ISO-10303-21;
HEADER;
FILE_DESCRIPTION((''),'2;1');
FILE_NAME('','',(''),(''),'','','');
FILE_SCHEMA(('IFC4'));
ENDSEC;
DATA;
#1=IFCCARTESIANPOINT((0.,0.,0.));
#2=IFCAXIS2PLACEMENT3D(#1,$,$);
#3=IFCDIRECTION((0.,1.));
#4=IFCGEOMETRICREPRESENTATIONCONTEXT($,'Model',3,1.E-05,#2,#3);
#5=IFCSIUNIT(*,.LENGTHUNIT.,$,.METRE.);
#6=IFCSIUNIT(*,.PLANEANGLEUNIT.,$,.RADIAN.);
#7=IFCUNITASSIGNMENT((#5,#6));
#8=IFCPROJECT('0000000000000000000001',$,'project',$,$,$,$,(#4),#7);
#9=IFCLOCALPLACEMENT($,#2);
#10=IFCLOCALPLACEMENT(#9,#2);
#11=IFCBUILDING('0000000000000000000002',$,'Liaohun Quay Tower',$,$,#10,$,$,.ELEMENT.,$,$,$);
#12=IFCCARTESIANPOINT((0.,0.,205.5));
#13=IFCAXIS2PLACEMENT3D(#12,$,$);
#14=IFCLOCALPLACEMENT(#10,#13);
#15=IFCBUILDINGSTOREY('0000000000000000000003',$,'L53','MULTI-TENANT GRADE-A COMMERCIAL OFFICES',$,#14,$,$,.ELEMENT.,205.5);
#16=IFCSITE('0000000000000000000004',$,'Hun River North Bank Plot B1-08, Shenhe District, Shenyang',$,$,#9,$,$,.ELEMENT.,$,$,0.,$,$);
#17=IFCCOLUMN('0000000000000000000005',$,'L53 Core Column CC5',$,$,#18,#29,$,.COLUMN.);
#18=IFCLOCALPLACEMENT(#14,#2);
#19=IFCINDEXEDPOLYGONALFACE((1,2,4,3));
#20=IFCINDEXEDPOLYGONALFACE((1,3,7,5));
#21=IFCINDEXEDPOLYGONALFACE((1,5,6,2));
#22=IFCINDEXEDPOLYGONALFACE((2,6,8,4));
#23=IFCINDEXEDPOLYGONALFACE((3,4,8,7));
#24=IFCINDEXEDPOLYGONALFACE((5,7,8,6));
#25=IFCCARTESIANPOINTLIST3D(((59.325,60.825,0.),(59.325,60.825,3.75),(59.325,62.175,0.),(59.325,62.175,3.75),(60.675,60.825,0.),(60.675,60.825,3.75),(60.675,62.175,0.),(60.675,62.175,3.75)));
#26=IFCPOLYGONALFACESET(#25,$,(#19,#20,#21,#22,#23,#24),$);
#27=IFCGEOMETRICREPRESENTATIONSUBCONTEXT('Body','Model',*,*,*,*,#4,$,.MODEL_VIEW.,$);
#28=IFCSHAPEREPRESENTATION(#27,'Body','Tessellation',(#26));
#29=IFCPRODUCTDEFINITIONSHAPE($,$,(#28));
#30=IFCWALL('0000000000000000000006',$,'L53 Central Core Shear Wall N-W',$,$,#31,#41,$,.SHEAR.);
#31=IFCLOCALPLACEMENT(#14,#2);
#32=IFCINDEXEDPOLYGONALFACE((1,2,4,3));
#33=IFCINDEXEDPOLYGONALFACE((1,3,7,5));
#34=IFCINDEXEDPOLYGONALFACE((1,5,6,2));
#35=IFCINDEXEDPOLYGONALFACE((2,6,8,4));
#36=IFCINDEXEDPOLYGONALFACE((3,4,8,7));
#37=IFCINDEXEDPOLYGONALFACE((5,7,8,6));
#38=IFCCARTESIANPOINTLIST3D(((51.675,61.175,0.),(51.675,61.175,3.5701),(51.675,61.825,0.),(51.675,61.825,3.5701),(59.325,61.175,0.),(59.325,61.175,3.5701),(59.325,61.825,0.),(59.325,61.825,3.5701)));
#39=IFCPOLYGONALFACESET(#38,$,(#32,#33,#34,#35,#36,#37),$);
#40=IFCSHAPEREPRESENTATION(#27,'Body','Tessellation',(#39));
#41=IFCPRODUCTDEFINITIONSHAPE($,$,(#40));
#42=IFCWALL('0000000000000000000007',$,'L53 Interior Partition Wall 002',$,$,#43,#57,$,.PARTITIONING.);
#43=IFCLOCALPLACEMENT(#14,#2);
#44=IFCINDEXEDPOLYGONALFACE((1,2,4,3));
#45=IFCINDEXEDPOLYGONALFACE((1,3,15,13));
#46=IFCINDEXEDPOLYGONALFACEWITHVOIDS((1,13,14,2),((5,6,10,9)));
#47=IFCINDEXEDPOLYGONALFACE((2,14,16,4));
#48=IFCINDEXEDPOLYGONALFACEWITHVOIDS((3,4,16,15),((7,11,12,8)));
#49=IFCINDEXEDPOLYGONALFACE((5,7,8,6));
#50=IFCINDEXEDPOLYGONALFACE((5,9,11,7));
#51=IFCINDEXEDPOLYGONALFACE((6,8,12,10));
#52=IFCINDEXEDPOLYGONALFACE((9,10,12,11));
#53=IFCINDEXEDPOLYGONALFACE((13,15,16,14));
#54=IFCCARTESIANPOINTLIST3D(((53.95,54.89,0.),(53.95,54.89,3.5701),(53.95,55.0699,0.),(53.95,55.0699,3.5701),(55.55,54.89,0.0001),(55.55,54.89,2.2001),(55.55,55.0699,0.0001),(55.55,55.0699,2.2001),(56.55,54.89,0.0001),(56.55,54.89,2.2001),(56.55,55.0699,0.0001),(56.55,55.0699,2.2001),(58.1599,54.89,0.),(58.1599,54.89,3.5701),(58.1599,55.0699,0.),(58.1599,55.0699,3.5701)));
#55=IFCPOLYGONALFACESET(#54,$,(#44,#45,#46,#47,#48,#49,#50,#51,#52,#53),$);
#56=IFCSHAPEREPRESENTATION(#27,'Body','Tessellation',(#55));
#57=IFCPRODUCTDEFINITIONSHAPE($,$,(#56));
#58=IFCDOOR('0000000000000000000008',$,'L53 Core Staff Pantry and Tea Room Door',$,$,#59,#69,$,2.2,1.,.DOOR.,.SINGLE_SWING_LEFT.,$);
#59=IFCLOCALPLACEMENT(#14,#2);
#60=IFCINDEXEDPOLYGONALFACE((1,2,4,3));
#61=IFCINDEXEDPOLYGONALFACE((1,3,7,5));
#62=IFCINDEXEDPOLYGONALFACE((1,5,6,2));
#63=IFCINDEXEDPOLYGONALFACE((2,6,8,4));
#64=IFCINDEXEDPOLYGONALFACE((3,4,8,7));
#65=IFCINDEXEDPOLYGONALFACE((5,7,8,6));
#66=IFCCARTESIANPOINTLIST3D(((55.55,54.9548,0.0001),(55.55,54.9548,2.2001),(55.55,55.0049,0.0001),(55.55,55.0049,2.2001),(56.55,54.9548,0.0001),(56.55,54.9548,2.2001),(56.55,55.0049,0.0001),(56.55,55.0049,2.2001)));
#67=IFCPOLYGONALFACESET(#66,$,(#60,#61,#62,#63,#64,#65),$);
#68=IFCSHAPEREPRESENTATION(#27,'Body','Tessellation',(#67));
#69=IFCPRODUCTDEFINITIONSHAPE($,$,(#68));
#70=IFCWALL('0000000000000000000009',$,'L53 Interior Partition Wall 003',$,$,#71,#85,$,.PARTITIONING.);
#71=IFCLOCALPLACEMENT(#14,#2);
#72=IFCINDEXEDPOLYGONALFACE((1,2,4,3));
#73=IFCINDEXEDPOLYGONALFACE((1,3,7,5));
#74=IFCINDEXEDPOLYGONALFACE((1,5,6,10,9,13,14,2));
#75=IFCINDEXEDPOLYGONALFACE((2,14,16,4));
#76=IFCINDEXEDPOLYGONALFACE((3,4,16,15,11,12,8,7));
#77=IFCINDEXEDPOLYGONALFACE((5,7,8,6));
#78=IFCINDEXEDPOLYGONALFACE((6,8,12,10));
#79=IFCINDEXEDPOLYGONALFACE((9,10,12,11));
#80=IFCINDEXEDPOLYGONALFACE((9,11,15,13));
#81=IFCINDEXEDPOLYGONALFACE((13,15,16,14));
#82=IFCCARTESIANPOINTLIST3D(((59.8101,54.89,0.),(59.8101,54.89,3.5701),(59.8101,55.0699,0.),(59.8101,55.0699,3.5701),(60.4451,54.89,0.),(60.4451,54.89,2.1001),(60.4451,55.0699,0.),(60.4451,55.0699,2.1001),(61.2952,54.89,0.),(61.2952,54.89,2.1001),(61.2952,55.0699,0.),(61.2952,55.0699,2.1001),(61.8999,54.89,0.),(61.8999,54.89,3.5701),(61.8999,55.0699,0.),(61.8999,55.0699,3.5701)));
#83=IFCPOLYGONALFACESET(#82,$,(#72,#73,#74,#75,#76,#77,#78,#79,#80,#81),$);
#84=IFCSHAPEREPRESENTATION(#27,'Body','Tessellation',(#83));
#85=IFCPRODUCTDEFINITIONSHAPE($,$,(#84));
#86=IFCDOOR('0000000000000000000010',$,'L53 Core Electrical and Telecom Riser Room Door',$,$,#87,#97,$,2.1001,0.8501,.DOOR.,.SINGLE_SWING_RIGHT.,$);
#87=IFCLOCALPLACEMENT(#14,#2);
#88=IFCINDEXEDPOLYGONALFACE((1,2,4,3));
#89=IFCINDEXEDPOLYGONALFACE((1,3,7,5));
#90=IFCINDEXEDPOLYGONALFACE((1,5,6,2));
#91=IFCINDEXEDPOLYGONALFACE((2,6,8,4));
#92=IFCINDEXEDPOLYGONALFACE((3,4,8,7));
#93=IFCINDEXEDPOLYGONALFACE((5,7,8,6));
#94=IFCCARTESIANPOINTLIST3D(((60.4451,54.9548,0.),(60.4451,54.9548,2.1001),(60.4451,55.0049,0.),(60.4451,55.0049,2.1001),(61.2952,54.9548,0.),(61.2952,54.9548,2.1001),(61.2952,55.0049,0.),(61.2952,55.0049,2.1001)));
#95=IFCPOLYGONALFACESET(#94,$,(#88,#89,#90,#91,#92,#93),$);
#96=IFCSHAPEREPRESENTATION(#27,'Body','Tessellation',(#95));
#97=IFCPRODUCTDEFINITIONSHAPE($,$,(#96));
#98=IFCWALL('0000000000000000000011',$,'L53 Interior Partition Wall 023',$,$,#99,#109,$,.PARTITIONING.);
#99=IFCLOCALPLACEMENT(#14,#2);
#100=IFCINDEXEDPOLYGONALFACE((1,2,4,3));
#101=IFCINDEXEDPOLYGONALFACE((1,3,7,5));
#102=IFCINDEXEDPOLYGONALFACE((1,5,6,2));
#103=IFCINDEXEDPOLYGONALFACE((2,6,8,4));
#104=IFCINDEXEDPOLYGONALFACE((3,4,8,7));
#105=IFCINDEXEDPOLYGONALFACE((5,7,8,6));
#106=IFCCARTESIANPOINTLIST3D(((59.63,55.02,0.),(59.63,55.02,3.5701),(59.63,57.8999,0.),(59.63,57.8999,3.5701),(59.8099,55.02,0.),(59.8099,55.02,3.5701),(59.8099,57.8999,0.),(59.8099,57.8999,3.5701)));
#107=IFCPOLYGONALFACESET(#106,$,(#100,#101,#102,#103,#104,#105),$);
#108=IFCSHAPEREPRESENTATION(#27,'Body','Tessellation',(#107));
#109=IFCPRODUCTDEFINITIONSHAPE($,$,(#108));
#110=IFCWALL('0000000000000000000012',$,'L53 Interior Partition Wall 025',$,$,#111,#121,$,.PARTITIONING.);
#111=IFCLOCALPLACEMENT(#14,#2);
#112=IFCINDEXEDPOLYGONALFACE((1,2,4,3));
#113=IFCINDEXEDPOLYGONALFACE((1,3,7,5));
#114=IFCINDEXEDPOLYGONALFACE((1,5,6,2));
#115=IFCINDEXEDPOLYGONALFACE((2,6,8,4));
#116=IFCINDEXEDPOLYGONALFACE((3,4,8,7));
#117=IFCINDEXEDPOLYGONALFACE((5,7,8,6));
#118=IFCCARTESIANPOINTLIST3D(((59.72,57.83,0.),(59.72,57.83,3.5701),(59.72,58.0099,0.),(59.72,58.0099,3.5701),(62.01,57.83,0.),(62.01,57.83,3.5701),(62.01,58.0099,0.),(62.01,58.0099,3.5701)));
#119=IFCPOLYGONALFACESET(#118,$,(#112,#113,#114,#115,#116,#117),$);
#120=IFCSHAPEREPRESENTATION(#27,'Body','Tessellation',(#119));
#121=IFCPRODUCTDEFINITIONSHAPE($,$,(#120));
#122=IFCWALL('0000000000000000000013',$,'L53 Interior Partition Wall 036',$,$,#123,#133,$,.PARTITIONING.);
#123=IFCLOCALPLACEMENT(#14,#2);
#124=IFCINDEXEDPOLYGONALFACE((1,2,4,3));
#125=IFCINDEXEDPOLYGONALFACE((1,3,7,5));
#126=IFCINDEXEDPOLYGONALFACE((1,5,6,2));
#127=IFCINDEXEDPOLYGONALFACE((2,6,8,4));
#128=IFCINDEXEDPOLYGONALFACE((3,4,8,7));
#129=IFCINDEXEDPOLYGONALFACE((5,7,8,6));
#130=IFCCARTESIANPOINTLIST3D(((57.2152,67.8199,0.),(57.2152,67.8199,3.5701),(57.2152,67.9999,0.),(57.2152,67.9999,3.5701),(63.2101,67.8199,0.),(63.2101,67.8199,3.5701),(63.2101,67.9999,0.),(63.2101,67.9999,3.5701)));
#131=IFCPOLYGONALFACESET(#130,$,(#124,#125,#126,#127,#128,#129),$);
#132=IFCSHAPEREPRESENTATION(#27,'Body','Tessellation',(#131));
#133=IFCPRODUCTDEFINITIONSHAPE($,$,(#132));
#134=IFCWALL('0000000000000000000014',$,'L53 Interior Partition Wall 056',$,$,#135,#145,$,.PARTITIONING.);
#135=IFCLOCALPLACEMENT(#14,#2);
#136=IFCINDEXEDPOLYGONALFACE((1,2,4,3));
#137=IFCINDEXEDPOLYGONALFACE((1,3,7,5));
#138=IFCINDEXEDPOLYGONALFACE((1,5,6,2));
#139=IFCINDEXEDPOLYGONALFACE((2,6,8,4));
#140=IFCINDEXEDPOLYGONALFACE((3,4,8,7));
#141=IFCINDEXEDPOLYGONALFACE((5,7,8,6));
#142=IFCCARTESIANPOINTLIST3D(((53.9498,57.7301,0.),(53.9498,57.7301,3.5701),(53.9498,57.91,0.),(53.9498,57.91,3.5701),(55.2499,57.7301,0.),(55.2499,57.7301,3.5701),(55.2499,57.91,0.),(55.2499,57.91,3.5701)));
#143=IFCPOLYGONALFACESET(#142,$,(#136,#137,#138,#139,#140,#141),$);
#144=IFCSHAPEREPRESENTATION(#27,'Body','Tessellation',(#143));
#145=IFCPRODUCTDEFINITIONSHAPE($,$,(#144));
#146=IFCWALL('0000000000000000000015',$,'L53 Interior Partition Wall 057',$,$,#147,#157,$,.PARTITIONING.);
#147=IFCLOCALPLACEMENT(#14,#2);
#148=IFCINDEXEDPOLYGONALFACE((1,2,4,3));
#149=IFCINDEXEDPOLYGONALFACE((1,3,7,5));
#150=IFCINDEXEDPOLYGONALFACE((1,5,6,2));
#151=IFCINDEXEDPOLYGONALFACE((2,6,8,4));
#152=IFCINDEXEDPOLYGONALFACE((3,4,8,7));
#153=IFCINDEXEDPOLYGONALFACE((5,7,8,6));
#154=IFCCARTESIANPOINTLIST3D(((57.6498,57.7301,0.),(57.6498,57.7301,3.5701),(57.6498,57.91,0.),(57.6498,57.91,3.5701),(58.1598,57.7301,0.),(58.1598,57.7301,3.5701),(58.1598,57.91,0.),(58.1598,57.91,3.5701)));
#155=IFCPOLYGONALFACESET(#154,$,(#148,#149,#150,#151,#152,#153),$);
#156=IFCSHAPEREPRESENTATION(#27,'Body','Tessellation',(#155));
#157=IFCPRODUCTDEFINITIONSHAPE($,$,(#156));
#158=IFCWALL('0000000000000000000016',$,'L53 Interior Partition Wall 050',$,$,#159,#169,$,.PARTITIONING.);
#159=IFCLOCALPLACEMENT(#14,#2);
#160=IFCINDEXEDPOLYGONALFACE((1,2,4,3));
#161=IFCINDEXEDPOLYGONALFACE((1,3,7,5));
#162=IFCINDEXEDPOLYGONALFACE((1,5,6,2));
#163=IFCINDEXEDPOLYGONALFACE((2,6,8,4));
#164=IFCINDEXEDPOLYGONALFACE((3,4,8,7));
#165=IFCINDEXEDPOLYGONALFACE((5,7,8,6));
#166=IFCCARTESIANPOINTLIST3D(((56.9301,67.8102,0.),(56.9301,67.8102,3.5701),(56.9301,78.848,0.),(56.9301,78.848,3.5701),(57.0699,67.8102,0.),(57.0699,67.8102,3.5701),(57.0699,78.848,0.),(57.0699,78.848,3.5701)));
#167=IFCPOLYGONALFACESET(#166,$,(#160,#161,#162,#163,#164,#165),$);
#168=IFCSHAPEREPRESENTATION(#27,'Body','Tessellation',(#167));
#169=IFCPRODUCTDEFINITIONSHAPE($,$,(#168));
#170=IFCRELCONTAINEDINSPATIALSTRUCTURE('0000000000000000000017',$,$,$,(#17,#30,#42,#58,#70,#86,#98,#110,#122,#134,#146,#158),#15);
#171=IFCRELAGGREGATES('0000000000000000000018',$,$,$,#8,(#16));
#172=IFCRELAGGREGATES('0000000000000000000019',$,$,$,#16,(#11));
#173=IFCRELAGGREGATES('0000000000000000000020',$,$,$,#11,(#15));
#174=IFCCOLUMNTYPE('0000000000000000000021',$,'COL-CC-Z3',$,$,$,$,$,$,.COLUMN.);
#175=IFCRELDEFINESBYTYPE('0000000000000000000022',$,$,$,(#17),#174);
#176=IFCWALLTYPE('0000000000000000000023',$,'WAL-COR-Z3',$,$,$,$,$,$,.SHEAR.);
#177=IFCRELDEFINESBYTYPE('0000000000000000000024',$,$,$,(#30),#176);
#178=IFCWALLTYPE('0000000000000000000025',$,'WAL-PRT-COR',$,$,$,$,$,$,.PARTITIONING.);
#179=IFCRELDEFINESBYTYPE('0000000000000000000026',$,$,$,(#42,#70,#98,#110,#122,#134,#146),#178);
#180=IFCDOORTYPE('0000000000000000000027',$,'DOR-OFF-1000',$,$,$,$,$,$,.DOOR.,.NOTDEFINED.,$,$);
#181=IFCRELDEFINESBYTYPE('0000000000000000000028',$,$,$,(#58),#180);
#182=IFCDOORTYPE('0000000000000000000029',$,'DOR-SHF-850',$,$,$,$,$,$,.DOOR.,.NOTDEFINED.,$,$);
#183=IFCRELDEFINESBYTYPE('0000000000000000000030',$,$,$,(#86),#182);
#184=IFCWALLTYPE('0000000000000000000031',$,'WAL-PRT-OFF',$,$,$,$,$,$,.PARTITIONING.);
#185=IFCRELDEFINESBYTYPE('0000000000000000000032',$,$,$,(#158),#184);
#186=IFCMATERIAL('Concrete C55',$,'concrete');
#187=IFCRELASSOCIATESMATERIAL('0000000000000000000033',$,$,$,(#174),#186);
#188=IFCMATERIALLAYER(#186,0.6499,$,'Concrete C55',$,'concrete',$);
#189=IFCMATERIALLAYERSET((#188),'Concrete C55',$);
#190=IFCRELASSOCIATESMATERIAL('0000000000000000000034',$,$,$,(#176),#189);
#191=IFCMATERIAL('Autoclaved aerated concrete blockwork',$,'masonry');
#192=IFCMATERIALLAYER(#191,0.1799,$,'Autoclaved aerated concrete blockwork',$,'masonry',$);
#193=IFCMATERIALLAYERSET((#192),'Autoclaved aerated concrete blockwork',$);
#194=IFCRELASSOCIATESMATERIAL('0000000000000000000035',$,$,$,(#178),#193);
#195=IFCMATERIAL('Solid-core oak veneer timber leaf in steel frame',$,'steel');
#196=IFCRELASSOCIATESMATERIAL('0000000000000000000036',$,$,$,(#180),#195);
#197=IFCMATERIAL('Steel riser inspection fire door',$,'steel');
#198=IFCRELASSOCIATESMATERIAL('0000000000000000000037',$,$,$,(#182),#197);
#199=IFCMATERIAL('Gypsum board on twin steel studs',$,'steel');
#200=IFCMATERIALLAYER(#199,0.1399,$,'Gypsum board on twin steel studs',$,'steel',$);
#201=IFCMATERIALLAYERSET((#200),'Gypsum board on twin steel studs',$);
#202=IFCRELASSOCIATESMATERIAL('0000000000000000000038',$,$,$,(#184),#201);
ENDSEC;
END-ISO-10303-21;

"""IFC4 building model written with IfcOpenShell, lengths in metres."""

from ifc_helpers import new_model, si_unit, direction, frame, frame_2d, origin, origin_2d, place, context, subcontext, project, spatial, rectangle, extrude, source, transform, mapped, material, layer, layer_set, material_profile, profile_set, type_object, element, fill, save


model = new_model("IFC4")

# Units and contexts
model_context = context("Model", 3, precision=1e-05, world=origin(), true_north=direction((0.0, 1.0)))
body_context = subcontext(model_context, "Body", "Model", "MODEL_VIEW")
ifc_project = project(units=[si_unit("LENGTHUNIT", "METRE"), si_unit("PLANEANGLEUNIT", "RADIAN")], contexts=[model_context])

# Site, building, storey
site_placement = place(None, origin())
site = spatial("IfcSite", under=ifc_project, at=site_placement, Name="Hun River North Bank Plot B1-08, Shenhe District, Shenyang", CompositionType="ELEMENT", RefElevation=0.0)
building_placement = place(site_placement, origin())
building = spatial("IfcBuilding", under=site, at=building_placement, Name="Liaohun Quay Tower", CompositionType="ELEMENT")
storey_placement = place(building_placement, frame((0.0, 0.0, 205.5)))
storey = spatial("IfcBuildingStorey", under=building, at=storey_placement, Name="L53", Description="MULTI-TENANT GRADE-A COMMERCIAL OFFICES", CompositionType="ELEMENT", Elevation=205.5)

# Column
ifc_material_1 = material(Name="Concrete C55", Category="concrete")
ifc_material_profile = material_profile(ifc_material_1, rectangle(XDim=1.3501, YDim=1.3501, at=origin_2d()), Name="RC1350x1350")
ifc_profile_set = profile_set([ifc_material_profile], Name="Concrete C55")
column_type = type_object("IfcColumnType", Name="COL-CC-Z3", PredefinedType="COLUMN", material=ifc_profile_set)
shared_shape_1 = source(origin(), body_context, "Body", "SweptSolid", [
    extrude(rectangle(XDim=1.3501, YDim=1.3501, at=origin_2d()), origin(), (0.0, 0.0, 1.0), 3.75),
])
column_placement = place(storey_placement, frame((60.0, 61.5, 0.0), z_axis=(0.0, 0.0, 1.0), x_axis=(1.0, 0.0, 0.0)))
element("IfcColumn", 1, at=column_placement, inside=storey, type_object=column_type, Name="L53 Core Column CC5", PredefinedType="COLUMN", context=body_context, shape_type="MappedRepresentation", body=[
    mapped(shared_shape_1, transform((0.0, 0.0, 0.0), x_axis=(1.0, 0.0, 0.0), y_axis=(0.0, 1.0, 0.0), z_axis=(0.0, 0.0, 1.0), scale=1.0)),
])

# Wall
ifc_layer_1 = layer(ifc_material_1, 0.6499, Name="Concrete C55", Category="concrete")
ifc_layer_set_1 = layer_set([ifc_layer_1], Name="Concrete C55")
wall_type_1 = type_object("IfcWallType", Name="WAL-COR-Z3", PredefinedType="SHEAR", material=ifc_layer_set_1)
wall_1_placement = place(storey_placement, frame((51.675, 61.5, 0.0), z_axis=(0.0, 0.0, 1.0), x_axis=(1.0, 0.0, 0.0)))
element("IfcWall", 2, at=wall_1_placement, inside=storey, type_object=wall_type_1, Name="L53 Central Core Shear Wall N-W", PredefinedType="SHEAR", context=body_context, shape_type="SweptSolid", body=[
    extrude(rectangle(XDim=7.6499, YDim=0.6499, at=frame_2d((3.825, 0.0))), origin(), (0.0, 0.0, 1.0), 3.5701),
])

# Walls, openings, doors
ifc_material_2 = material(Name="Autoclaved aerated concrete blockwork", Category="masonry")
ifc_layer_2 = layer(ifc_material_2, 0.1799, Name="Autoclaved aerated concrete blockwork", Category="masonry")
ifc_layer_set_2 = layer_set([ifc_layer_2], Name="Autoclaved aerated concrete blockwork")
wall_type_2 = type_object("IfcWallType", Name="WAL-PRT-COR", PredefinedType="PARTITIONING", material=ifc_layer_set_2)
wall_2_placement = place(storey_placement, frame((53.95, 54.98, 0.0), z_axis=(0.0, 0.0, 1.0), x_axis=(1.0, 0.0, 0.0)))
wall_2 = element("IfcWall", 3, at=wall_2_placement, inside=storey, type_object=wall_type_2, Name="L53 Interior Partition Wall 002", PredefinedType="PARTITIONING", context=body_context, shape_type="SweptSolid", body=[
    extrude(rectangle(XDim=4.21, YDim=0.1799, at=frame_2d((2.105, 0.0))), origin(), (0.0, 0.0, 1.0), 3.5701),
])
shared_shape_2 = source(origin(), body_context, "Body", "SweptSolid", [
    extrude(rectangle(XDim=1.0, YDim=2.2, at=frame_2d((0.5, 1.1001))), frame((0.0, 0.0999, 0.0), z_axis=(0.0, -1.0, 0.0), x_axis=(1.0, 0.0, 0.0)), (0.0, 0.0, 1.0), 0.2),
])
opening_1_placement = place(wall_2_placement, frame((1.6001, 0.0, 0.0)))
opening_1 = element("IfcOpeningElement", 4, at=opening_1_placement, cuts=wall_2, PredefinedType="OPENING", context=body_context, shape_type="MappedRepresentation", body=[
    mapped(shared_shape_2, transform((0.0, 0.0, 0.0), x_axis=(1.0, 0.0, 0.0), y_axis=(0.0, 1.0, 0.0), z_axis=(0.0, 0.0, 1.0), scale=1.0)),
])
ifc_material_3 = material(Name="Solid-core oak veneer timber leaf in steel frame", Category="steel")
door_type_1 = type_object("IfcDoorType", Name="DOR-OFF-1000", OperationType="NOTDEFINED", PredefinedType="DOOR", material=ifc_material_3)
shared_shape_3 = source(origin(), body_context, "Body", "SweptSolid", [
    extrude(rectangle(XDim=1.0, YDim=2.2, at=frame_2d((0.5, 1.1001))), frame((0.0, 0.0249, 0.0), z_axis=(0.0, -1.0, 0.0), x_axis=(1.0, 0.0, 0.0)), (0.0, 0.0, 1.0), 0.05),
])
door_1_placement = place(opening_1_placement, origin())
door_1 = element("IfcDoor", 5, at=door_1_placement, inside=storey, type_object=door_type_1, Name="L53 Core Staff Pantry and Tea Room Door", OperationType="SINGLE_SWING_LEFT", OverallHeight=2.2, OverallWidth=1.0, PredefinedType="DOOR", context=body_context, shape_type="MappedRepresentation", body=[
    mapped(shared_shape_3, transform((0.0, 0.0, 0.0), x_axis=(1.0, 0.0, 0.0), y_axis=(0.0, 1.0, 0.0), z_axis=(0.0, 0.0, 1.0), scale=1.0)),
])
fill(opening_1, door_1)
wall_3_placement = place(storey_placement, frame((59.8101, 54.98, 0.0), z_axis=(0.0, 0.0, 1.0), x_axis=(1.0, 0.0, 0.0)))
wall_3 = element("IfcWall", 6, at=wall_3_placement, inside=storey, type_object=wall_type_2, Name="L53 Interior Partition Wall 003", PredefinedType="PARTITIONING", context=body_context, shape_type="SweptSolid", body=[
    extrude(rectangle(XDim=2.0898, YDim=0.1799, at=frame_2d((1.0449, 0.0))), origin(), (0.0, 0.0, 1.0), 3.5701),
])
shared_shape_4 = source(origin(), body_context, "Body", "SweptSolid", [
    extrude(rectangle(XDim=0.8501, YDim=2.1001, at=frame_2d((0.425, 1.05))), frame((0.0, 0.0999, 0.0), z_axis=(0.0, -1.0, 0.0), x_axis=(1.0, 0.0, 0.0)), (0.0, 0.0, 1.0), 0.2),
])
opening_2_placement = place(wall_3_placement, frame((0.635, 0.0, 0.0)))
opening_2 = element("IfcOpeningElement", 7, at=opening_2_placement, cuts=wall_3, PredefinedType="OPENING", context=body_context, shape_type="MappedRepresentation", body=[
    mapped(shared_shape_4, transform((0.0, 0.0, 0.0), x_axis=(1.0, 0.0, 0.0), y_axis=(0.0, 1.0, 0.0), z_axis=(0.0, 0.0, 1.0), scale=1.0)),
])
ifc_material_4 = material(Name="Steel riser inspection fire door", Category="steel")
door_type_2 = type_object("IfcDoorType", Name="DOR-SHF-850", OperationType="NOTDEFINED", PredefinedType="DOOR", material=ifc_material_4)
shared_shape_5 = source(origin(), body_context, "Body", "SweptSolid", [
    extrude(rectangle(XDim=0.8501, YDim=2.1001, at=frame_2d((0.425, 1.05))), frame((0.0, 0.0249, 0.0), z_axis=(0.0, -1.0, 0.0), x_axis=(1.0, 0.0, 0.0)), (0.0, 0.0, 1.0), 0.05),
])
door_2_placement = place(opening_2_placement, origin())
door_2 = element("IfcDoor", 8, at=door_2_placement, inside=storey, type_object=door_type_2, Name="L53 Core Electrical and Telecom Riser Room Door", OperationType="SINGLE_SWING_RIGHT", OverallHeight=2.1001, OverallWidth=0.8501, PredefinedType="DOOR", context=body_context, shape_type="MappedRepresentation", body=[
    mapped(shared_shape_5, transform((0.0, 0.0, 0.0), x_axis=(1.0, 0.0, 0.0), y_axis=(0.0, 1.0, 0.0), z_axis=(0.0, 0.0, 1.0), scale=1.0)),
])
fill(opening_2, door_2)

# Walls
wall_4_placement = place(storey_placement, frame((59.72, 55.02, 0.0), z_axis=(0.0, 0.0, 1.0), x_axis=(0.0, 1.0, 0.0)))
element("IfcWall", 9, at=wall_4_placement, inside=storey, type_object=wall_type_2, Name="L53 Interior Partition Wall 023", PredefinedType="PARTITIONING", context=body_context, shape_type="SweptSolid", body=[
    extrude(rectangle(XDim=2.8799, YDim=0.1799, at=frame_2d((1.4399, 0.0))), origin(), (0.0, 0.0, 1.0), 3.5701),
])
wall_5_placement = place(storey_placement, frame((59.72, 57.9199, 0.0), z_axis=(0.0, 0.0, 1.0), x_axis=(1.0, 0.0, 0.0)))
element("IfcWall", 10, at=wall_5_placement, inside=storey, type_object=wall_type_2, Name="L53 Interior Partition Wall 025", PredefinedType="PARTITIONING", context=body_context, shape_type="SweptSolid", body=[
    extrude(rectangle(XDim=2.29, YDim=0.1799, at=frame_2d((1.145, 0.0))), origin(), (0.0, 0.0, 1.0), 3.5701),
])
wall_6_placement = place(storey_placement, frame((57.2151, 67.9099, 0.0), z_axis=(0.0, 0.0, 1.0), x_axis=(1.0, 0.0, 0.0)))
element("IfcWall", 11, at=wall_6_placement, inside=storey, type_object=wall_type_2, Name="L53 Interior Partition Wall 036", PredefinedType="PARTITIONING", context=body_context, shape_type="SweptSolid", body=[
    extrude(rectangle(XDim=5.9949, YDim=0.1799, at=frame_2d((2.9976, 0.0))), origin(), (0.0, 0.0, 1.0), 3.5701),
])
wall_7_placement = place(storey_placement, frame((53.95, 57.8201, 0.0), z_axis=(0.0, 0.0, 1.0), x_axis=(1.0, 0.0, 0.0)))
element("IfcWall", 12, at=wall_7_placement, inside=storey, type_object=wall_type_2, Name="L53 Interior Partition Wall 056", PredefinedType="PARTITIONING", context=body_context, shape_type="SweptSolid", body=[
    extrude(rectangle(XDim=1.3, YDim=0.1799, at=frame_2d((0.6499, 0.0))), origin(), (0.0, 0.0, 1.0), 3.5701),
])
wall_8_placement = place(storey_placement, frame((57.6499, 57.8201, 0.0), z_axis=(0.0, 0.0, 1.0), x_axis=(1.0, 0.0, 0.0)))
element("IfcWall", 13, at=wall_8_placement, inside=storey, type_object=wall_type_2, Name="L53 Interior Partition Wall 057", PredefinedType="PARTITIONING", context=body_context, shape_type="SweptSolid", body=[
    extrude(rectangle(XDim=0.51, YDim=0.1799, at=frame_2d((0.2549, 0.0))), origin(), (0.0, 0.0, 1.0), 3.5701),
])
ifc_material_5 = material(Name="Gypsum board on twin steel studs", Category="steel")
ifc_layer_3 = layer(ifc_material_5, 0.1399, Name="Gypsum board on twin steel studs", Category="steel")
ifc_layer_set_3 = layer_set([ifc_layer_3], Name="Gypsum board on twin steel studs")
wall_type_3 = type_object("IfcWallType", Name="WAL-PRT-OFF", PredefinedType="PARTITIONING", material=ifc_layer_set_3)
wall_9_placement = place(storey_placement, frame((57.0, 67.8101, 0.0), z_axis=(0.0, 0.0, 1.0), x_axis=(0.0, 1.0, 0.0)))
element("IfcWall", 14, at=wall_9_placement, inside=storey, type_object=wall_type_3, Name="L53 Interior Partition Wall 050", PredefinedType="PARTITIONING", context=body_context, shape_type="SweptSolid", body=[
    extrude(rectangle(XDim=11.0378, YDim=0.1399, at=frame_2d((5.519, 0.0))), origin(), (0.0, 0.0, 1.0), 3.5701),
])

save(model, "model.ifc")
